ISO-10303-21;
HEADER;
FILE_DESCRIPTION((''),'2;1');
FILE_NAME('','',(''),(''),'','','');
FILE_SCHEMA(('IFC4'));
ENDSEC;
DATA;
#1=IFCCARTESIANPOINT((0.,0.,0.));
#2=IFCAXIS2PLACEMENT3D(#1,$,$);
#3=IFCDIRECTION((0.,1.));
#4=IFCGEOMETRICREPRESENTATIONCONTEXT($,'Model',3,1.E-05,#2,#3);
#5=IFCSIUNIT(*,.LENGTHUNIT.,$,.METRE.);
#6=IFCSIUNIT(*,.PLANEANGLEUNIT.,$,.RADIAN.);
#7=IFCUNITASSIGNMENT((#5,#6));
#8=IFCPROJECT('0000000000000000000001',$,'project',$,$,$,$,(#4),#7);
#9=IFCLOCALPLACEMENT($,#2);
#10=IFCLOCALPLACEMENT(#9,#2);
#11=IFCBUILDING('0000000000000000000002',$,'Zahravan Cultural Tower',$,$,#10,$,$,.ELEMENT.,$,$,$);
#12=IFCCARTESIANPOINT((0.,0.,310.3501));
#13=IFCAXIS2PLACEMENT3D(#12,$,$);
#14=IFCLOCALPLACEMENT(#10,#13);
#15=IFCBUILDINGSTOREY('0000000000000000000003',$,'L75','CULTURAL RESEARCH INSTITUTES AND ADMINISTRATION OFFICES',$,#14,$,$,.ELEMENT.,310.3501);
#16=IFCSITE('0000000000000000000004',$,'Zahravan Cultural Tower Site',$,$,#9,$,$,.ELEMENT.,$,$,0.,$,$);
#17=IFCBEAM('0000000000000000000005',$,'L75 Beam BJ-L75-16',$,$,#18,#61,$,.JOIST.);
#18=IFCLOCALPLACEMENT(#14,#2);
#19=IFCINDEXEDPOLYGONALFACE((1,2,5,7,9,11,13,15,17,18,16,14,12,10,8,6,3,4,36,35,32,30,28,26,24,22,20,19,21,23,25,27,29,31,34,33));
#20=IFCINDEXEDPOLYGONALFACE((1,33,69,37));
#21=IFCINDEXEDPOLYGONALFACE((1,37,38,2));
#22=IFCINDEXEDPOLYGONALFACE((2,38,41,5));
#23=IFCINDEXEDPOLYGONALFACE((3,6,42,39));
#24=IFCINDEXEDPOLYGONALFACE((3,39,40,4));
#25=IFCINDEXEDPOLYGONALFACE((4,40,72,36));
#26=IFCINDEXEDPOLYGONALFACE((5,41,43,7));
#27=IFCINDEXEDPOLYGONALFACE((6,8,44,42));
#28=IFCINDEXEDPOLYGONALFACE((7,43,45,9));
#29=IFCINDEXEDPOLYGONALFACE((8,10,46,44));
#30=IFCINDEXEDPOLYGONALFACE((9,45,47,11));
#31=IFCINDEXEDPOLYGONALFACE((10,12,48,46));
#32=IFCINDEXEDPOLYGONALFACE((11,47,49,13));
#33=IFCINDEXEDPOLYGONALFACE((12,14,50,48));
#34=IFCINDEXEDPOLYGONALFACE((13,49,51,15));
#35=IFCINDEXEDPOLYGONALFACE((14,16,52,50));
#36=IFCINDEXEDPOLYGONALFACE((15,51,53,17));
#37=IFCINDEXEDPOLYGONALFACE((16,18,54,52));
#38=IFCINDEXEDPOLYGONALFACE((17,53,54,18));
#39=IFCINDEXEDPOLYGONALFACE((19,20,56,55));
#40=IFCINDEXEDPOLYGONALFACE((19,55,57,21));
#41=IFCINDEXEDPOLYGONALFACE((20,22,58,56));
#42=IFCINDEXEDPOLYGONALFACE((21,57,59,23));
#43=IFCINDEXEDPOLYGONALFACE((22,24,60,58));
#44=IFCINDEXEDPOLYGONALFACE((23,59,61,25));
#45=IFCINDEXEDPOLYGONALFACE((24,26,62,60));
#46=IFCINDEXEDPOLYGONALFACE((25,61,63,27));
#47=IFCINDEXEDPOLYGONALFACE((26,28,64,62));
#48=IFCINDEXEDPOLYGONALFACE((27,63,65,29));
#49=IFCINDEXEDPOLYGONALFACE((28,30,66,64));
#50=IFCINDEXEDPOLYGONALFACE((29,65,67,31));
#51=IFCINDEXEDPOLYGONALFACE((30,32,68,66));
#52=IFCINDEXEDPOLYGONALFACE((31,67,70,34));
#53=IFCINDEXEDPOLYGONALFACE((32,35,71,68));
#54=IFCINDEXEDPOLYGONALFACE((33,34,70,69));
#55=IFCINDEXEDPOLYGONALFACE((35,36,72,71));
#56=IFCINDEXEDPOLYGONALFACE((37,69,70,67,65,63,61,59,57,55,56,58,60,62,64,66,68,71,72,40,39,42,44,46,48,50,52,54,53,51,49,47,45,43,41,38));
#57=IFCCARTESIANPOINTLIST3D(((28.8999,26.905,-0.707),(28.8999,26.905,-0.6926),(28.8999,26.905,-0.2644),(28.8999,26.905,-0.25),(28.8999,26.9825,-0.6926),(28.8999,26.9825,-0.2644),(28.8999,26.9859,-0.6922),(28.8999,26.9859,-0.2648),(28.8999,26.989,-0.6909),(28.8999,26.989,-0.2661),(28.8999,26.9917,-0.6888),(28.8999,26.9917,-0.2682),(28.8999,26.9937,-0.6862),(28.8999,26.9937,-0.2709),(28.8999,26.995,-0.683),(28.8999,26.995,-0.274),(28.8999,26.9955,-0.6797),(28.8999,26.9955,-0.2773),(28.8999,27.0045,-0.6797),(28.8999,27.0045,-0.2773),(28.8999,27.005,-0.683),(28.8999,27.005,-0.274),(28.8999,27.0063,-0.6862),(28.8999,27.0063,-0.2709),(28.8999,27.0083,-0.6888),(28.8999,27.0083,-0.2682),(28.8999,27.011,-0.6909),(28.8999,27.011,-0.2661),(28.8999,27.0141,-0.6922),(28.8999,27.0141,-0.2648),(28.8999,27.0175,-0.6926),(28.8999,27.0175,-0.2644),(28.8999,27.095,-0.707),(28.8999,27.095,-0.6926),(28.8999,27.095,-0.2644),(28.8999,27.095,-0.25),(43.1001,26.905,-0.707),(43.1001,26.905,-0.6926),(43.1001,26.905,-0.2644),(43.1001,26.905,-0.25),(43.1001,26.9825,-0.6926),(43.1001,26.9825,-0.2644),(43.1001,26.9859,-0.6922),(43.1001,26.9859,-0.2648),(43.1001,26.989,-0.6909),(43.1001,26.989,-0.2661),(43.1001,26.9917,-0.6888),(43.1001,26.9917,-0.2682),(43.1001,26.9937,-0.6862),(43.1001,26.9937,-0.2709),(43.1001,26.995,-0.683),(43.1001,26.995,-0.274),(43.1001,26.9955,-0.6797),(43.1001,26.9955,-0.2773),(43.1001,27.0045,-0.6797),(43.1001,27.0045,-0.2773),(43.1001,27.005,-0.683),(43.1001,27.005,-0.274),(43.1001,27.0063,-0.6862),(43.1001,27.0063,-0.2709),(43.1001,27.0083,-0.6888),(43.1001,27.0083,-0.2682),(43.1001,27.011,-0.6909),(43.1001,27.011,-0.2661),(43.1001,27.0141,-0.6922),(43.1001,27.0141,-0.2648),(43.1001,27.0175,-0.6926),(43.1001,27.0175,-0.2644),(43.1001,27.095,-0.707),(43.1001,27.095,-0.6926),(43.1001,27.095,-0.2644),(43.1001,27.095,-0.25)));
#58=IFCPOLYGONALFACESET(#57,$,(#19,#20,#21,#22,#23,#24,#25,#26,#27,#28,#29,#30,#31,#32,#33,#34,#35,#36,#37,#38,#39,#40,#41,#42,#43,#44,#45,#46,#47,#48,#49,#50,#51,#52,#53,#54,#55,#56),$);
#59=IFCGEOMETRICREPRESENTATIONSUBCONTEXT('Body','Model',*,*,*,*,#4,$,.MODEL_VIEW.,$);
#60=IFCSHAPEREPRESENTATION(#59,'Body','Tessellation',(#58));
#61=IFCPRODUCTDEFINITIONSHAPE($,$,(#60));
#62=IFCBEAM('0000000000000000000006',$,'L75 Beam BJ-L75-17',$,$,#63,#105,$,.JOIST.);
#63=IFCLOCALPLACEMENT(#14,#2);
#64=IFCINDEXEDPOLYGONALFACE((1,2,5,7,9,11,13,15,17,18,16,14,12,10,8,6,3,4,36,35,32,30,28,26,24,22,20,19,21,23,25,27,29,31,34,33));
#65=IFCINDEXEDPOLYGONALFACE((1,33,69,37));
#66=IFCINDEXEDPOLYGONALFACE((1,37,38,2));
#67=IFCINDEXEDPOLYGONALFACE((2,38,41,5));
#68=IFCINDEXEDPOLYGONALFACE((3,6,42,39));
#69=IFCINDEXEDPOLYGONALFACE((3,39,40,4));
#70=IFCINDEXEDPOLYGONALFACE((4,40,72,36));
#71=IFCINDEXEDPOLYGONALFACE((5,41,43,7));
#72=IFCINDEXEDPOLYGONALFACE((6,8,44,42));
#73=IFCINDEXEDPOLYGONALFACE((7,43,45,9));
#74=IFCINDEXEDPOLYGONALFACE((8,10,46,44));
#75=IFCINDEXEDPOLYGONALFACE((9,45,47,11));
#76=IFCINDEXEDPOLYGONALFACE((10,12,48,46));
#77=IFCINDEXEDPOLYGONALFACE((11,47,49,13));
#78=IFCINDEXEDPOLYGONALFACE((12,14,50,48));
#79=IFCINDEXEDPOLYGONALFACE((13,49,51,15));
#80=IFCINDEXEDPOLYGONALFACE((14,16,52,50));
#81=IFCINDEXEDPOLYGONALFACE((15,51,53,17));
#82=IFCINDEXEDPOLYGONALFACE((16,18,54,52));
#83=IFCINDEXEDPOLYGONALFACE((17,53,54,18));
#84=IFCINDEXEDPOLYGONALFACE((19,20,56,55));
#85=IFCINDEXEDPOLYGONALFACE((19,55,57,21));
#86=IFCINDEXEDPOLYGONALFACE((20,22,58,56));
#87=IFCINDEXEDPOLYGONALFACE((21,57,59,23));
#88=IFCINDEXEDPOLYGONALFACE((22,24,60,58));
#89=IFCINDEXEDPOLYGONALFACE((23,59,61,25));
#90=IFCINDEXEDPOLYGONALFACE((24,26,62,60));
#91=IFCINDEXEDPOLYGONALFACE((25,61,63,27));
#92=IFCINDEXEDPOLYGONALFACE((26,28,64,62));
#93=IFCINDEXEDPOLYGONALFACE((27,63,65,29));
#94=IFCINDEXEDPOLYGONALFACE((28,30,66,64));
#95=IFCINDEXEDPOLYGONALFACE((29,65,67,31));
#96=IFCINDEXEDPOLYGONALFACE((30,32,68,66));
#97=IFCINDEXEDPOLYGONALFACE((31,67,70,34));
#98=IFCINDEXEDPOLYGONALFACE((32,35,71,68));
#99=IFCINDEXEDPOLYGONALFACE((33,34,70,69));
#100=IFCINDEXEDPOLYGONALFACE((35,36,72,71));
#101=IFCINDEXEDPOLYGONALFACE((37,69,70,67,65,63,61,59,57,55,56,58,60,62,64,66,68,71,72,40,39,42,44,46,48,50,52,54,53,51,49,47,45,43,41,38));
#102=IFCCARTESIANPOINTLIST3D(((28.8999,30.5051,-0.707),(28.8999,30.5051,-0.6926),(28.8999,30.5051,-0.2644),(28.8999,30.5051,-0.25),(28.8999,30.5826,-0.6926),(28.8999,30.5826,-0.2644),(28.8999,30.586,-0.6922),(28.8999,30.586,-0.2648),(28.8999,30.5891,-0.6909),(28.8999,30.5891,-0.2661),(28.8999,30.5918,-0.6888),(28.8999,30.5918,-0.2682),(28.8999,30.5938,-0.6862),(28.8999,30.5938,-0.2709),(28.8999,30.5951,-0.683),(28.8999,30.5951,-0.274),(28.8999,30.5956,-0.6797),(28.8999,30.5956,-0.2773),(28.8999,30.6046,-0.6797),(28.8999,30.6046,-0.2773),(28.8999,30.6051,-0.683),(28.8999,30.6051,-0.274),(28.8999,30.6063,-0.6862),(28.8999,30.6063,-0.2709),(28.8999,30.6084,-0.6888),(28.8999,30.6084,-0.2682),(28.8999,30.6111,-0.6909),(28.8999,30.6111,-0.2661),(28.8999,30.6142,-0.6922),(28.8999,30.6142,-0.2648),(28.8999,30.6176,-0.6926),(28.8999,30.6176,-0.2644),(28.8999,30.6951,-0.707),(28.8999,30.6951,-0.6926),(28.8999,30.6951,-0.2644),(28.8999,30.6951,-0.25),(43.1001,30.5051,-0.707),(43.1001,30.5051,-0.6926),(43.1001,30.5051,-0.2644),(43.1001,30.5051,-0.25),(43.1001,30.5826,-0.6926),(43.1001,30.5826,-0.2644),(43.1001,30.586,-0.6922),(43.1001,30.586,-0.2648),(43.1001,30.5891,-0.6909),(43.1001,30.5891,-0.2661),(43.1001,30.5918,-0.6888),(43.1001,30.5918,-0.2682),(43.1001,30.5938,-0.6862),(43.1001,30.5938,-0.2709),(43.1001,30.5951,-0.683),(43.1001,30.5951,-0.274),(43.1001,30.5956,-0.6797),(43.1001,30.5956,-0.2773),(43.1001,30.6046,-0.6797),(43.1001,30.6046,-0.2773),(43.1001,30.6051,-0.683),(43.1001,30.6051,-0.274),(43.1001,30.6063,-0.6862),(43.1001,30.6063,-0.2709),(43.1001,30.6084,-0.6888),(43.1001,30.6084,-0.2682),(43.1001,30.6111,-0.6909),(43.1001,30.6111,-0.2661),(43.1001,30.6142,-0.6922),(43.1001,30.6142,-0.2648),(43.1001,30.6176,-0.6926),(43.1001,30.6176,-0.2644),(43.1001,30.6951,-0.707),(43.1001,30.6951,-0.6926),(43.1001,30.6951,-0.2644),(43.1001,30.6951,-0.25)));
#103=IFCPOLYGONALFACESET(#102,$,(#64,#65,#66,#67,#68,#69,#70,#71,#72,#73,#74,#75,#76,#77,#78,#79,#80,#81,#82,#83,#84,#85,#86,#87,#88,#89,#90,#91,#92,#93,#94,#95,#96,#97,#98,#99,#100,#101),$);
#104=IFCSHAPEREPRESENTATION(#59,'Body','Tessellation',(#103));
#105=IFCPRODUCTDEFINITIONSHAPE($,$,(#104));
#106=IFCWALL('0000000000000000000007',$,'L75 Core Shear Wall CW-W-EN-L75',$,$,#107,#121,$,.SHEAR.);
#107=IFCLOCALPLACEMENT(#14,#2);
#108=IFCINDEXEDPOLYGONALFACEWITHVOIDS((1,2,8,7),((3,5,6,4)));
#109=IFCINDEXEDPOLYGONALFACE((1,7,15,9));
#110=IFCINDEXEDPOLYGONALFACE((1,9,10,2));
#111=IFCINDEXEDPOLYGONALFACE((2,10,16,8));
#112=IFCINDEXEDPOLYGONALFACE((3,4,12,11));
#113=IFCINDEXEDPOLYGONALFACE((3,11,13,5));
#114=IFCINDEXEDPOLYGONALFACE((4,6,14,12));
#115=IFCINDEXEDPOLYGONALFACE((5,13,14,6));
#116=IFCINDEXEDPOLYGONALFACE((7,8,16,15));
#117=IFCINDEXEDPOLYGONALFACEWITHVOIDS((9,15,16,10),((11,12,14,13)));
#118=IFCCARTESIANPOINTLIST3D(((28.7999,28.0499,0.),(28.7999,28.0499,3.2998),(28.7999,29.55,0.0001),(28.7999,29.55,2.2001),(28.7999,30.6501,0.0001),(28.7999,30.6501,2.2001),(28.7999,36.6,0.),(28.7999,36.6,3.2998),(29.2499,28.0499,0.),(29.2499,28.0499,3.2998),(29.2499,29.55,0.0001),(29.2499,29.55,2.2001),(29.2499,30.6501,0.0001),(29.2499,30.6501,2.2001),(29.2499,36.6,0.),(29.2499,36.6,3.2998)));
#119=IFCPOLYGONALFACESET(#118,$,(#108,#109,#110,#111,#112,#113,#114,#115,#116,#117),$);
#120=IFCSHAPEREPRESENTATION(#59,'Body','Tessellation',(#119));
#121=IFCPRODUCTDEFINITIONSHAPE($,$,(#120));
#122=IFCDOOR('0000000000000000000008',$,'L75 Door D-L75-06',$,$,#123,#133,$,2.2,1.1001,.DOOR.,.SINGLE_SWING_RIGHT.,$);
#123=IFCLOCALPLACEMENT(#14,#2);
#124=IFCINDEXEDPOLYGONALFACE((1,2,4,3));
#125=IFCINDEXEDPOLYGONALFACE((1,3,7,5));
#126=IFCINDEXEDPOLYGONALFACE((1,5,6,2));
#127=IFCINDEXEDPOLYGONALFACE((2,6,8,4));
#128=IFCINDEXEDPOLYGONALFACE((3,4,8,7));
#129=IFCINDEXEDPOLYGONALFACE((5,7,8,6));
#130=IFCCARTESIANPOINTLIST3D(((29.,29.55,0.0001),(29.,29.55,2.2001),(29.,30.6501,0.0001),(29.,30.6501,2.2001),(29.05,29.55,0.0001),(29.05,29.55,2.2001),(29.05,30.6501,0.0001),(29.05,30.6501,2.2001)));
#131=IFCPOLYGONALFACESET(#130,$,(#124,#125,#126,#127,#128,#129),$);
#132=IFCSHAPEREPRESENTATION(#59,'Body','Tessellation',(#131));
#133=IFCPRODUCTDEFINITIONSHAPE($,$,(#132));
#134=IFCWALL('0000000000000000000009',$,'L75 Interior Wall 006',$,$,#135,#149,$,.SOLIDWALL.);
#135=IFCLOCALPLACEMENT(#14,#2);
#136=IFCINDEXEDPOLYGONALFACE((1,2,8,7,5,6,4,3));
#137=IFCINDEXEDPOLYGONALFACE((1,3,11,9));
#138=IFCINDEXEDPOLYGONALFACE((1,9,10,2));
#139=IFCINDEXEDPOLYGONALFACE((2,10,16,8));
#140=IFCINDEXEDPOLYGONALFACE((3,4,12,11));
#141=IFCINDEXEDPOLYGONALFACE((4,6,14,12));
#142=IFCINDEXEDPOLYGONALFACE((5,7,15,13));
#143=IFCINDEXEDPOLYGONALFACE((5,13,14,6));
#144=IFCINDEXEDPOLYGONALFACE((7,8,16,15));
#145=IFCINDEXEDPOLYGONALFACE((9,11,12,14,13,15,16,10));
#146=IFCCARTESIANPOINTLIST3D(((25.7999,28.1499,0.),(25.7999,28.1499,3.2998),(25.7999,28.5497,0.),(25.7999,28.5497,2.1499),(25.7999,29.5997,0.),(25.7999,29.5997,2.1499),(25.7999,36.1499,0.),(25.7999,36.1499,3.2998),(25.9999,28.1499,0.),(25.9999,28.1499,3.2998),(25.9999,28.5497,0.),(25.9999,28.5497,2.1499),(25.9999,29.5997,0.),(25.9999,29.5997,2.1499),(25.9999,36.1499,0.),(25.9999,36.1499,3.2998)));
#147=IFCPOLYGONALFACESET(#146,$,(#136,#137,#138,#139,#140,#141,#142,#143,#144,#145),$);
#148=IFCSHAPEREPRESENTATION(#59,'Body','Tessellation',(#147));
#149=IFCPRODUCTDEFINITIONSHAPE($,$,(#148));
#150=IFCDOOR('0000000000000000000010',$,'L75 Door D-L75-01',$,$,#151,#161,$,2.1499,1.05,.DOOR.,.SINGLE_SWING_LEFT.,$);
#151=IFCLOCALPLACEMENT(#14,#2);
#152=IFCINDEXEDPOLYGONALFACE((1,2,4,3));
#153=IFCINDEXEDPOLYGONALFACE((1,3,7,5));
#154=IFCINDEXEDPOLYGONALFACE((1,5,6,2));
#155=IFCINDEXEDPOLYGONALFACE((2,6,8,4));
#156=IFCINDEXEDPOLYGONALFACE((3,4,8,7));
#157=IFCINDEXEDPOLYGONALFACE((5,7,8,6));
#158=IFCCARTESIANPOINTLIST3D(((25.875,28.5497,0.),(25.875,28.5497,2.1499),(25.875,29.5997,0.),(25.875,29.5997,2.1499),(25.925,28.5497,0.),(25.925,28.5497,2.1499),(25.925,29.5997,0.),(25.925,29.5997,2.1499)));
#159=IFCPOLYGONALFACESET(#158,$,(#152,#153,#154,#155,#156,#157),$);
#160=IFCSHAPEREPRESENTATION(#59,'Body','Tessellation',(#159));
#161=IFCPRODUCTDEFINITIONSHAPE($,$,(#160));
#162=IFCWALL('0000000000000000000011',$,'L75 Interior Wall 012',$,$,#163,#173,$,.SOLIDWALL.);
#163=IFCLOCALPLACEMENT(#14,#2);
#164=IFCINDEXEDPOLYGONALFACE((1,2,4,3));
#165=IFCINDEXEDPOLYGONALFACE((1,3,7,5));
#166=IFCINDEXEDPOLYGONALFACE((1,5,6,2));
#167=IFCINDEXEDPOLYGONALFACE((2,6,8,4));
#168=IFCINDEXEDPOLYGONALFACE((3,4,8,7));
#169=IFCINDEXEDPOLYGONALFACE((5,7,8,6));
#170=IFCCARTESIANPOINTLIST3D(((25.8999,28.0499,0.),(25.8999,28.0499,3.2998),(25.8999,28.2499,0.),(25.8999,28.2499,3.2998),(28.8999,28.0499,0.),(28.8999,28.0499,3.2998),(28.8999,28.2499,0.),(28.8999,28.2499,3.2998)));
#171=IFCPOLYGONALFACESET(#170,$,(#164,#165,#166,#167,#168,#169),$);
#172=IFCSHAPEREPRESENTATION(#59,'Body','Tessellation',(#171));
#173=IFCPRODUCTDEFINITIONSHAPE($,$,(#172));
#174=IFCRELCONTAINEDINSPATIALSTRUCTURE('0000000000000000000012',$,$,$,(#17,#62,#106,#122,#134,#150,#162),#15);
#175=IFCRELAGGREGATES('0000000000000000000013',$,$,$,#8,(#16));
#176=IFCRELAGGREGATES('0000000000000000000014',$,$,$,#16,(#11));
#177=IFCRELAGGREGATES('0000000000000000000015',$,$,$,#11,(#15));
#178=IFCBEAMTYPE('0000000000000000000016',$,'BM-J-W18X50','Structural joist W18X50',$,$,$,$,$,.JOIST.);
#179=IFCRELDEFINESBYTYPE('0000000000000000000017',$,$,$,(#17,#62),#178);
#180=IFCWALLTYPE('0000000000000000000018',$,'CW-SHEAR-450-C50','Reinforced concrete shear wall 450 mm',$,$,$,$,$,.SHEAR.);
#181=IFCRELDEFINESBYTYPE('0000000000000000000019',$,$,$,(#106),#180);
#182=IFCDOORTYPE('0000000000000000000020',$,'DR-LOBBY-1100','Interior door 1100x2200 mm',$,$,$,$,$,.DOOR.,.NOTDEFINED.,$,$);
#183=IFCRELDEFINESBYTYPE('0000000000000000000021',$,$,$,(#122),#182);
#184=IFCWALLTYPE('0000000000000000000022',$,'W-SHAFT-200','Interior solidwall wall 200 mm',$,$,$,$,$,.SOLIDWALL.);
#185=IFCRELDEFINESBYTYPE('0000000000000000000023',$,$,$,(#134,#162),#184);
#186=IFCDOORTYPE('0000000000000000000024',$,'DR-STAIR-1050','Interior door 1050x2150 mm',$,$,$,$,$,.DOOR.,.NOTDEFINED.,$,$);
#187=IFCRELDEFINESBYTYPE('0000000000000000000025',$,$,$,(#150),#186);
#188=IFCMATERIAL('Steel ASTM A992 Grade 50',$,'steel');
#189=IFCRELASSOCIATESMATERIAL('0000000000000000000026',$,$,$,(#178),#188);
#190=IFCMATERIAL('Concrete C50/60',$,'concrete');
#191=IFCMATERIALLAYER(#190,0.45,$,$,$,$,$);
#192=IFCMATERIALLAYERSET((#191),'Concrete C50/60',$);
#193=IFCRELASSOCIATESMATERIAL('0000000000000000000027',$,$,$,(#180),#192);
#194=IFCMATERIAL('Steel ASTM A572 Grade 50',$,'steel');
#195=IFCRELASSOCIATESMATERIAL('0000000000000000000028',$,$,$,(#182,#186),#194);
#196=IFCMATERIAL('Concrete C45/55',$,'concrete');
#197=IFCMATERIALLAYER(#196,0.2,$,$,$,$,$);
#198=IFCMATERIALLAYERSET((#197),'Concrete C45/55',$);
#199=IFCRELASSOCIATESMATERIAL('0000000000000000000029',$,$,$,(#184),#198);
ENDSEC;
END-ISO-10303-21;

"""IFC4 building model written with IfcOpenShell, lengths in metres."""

from ifc_helpers import new_model, si_unit, direction, frame, frame_2d, origin, origin_2d, place, context, subcontext, project, spatial, rectangle, i_section, extrude, source, transform, mapped, material, layer, layer_set, material_profile, profile_set, type_object, element, fill, save


model = new_model("IFC4")

# Units and contexts
model_context = context("Model", 3, precision=1e-05, world=origin(), true_north=direction((0.0, 1.0)))
body_context = subcontext(model_context, "Body", "Model", "MODEL_VIEW")
ifc_project = project(units=[si_unit("LENGTHUNIT", "METRE"), si_unit("PLANEANGLEUNIT", "RADIAN")], contexts=[model_context])

# Site, building, storey
site_placement = place(None, origin())
site = spatial("IfcSite", under=ifc_project, at=site_placement, Name="Zahravan Cultural Tower Site", CompositionType="ELEMENT", RefElevation=0.0)
building_placement = place(site_placement, origin())
building = spatial("IfcBuilding", under=site, at=building_placement, Name="Zahravan Cultural Tower", CompositionType="ELEMENT")
storey_placement = place(building_placement, frame((0.0, 0.0, 310.3501)))
storey = spatial("IfcBuildingStorey", under=building, at=storey_placement, Name="L75", Description="CULTURAL RESEARCH INSTITUTES AND ADMINISTRATION OFFICES", CompositionType="ELEMENT", Elevation=310.3501)

# Beams
ifc_material_1 = material(Name="Steel ASTM A992 Grade 50", Category="steel")
ifc_material_profile = material_profile(ifc_material_1, i_section(OverallWidth=0.1899, OverallDepth=0.457, WebThickness=0.009, FlangeThickness=0.0144, FilletRadius=0.0129, at=origin_2d()), Name="W18X50")
ifc_profile_set = profile_set([ifc_material_profile], Name="Steel ASTM A992 Grade 50")
beam_type = type_object("IfcBeamType", Name="BM-J-W18X50", Description="Structural joist W18X50", PredefinedType="JOIST", material=ifc_profile_set)
shared_shape_1 = source(origin(), body_context, "Body", "SweptSolid", [
    extrude(i_section(OverallWidth=0.1899, OverallDepth=0.457, WebThickness=0.009, FlangeThickness=0.0144, FilletRadius=0.0129, at=origin_2d()), origin(), (0.0, 0.0, 1.0), 14.2002),
])
for number, where, z_axis, x_axis, name in (
    (1, (28.8999, 27.0, -0.4785), (1.0, 0.0, 0.0), (0.0, 1.0, 0.0), "L75 Beam BJ-L75-16"),
    (2, (28.8999, 30.6001, -0.4785), (1.0, 0.0, 0.0), (0.0, 1.0, 0.0), "L75 Beam BJ-L75-17"),
):
    element("IfcBeam", number, at=place(storey_placement, frame(where, z_axis=z_axis, x_axis=x_axis)), inside=storey, type_object=beam_type, Name=name, PredefinedType="JOIST", context=body_context, shape_type="MappedRepresentation", body=[
        mapped(shared_shape_1, transform((0.0, 0.0, 0.0), x_axis=(1.0, 0.0, 0.0), y_axis=(0.0, 1.0, 0.0), z_axis=(0.0, 0.0, 1.0), scale=1.0)),
    ])

# Walls, openings, doors
ifc_material_2 = material(Name="Concrete C50/60", Category="concrete")
ifc_layer_1 = layer(ifc_material_2, 0.45)
ifc_layer_set_1 = layer_set([ifc_layer_1], Name="Concrete C50/60")
wall_type_1 = type_object("IfcWallType", Name="CW-SHEAR-450-C50", Description="Reinforced concrete shear wall 450 mm", PredefinedType="SHEAR", material=ifc_layer_set_1)
wall_1_placement = place(storey_placement, frame((29.0249, 28.05, 0.0), z_axis=(0.0, 0.0, 1.0), x_axis=(0.0, 1.0, 0.0)))
wall_1 = element("IfcWall", 3, at=wall_1_placement, inside=storey, type_object=wall_type_1, Name="L75 Core Shear Wall CW-W-EN-L75", PredefinedType="SHEAR", context=body_context, shape_type="SweptSolid", body=[
    extrude(rectangle(XDim=8.55, YDim=0.45, at=frame_2d((4.2749, 0.0))), origin(), (0.0, 0.0, 1.0), 3.2998),
])
opening_1_placement = place(wall_1_placement, frame((1.5, 0.0, 0.0)))
opening_1 = element("IfcOpeningElement", 4, at=opening_1_placement, cuts=wall_1, PredefinedType="OPENING", context=body_context, shape_type="SweptSolid", body=[
    extrude(rectangle(XDim=1.1001, YDim=2.2, at=frame_2d((0.55, 1.1001))), frame((0.0, 0.2349, 0.0), z_axis=(0.0, -1.0, 0.0), x_axis=(1.0, 0.0, 0.0)), (0.0, 0.0, 1.0), 0.47),
])
ifc_material_3 = material(Name="Steel ASTM A572 Grade 50", Category="steel")
door_type_1 = type_object("IfcDoorType", Name="DR-LOBBY-1100", Description="Interior door 1100x2200 mm", OperationType="NOTDEFINED", PredefinedType="DOOR", material=ifc_material_3)
shared_shape_2 = source(origin(), body_context, "Body", "SweptSolid", [
    extrude(rectangle(XDim=1.1001, YDim=2.2, at=frame_2d((0.55, 1.1001))), frame((0.0, 0.0249, 0.0), z_axis=(0.0, -1.0, 0.0), x_axis=(1.0, 0.0, 0.0)), (0.0, 0.0, 1.0), 0.05),
])
door_1_placement = place(opening_1_placement, origin())
door_1 = element("IfcDoor", 5, at=door_1_placement, inside=storey, type_object=door_type_1, Name="L75 Door D-L75-06", OperationType="SINGLE_SWING_RIGHT", OverallHeight=2.2, OverallWidth=1.1001, PredefinedType="DOOR", context=body_context, shape_type="MappedRepresentation", body=[
    mapped(shared_shape_2, transform((0.0, 0.0, 0.0), x_axis=(1.0, 0.0, 0.0), y_axis=(0.0, 1.0, 0.0), z_axis=(0.0, 0.0, 1.0), scale=1.0)),
])
fill(opening_1, door_1)
ifc_material_4 = material(Name="Concrete C45/55", Category="concrete")
ifc_layer_2 = layer(ifc_material_4, 0.2)
ifc_layer_set_2 = layer_set([ifc_layer_2], Name="Concrete C45/55")
wall_type_2 = type_object("IfcWallType", Name="W-SHAFT-200", Description="Interior solidwall wall 200 mm", PredefinedType="SOLIDWALL", material=ifc_layer_set_2)
wall_2_placement = place(storey_placement, frame((25.8999, 28.1499, 0.0), z_axis=(0.0, 0.0, 1.0), x_axis=(0.0, 1.0, 0.0)))
wall_2 = element("IfcWall", 6, at=wall_2_placement, inside=storey, type_object=wall_type_2, Name="L75 Interior Wall 006", PredefinedType="SOLIDWALL", context=body_context, shape_type="SweptSolid", body=[
    extrude(rectangle(XDim=8.0, YDim=0.2, at=frame_2d((4.0, 0.0))), origin(), (0.0, 0.0, 1.0), 3.2998),
])
opening_2_placement = place(wall_2_placement, frame((0.3999, 0.0, 0.0)))
opening_2 = element("IfcOpeningElement", 7, at=opening_2_placement, cuts=wall_2, PredefinedType="OPENING", context=body_context, shape_type="SweptSolid", body=[
    extrude(rectangle(XDim=1.05, YDim=2.1499, at=frame_2d((0.5249, 1.075))), frame((0.0, 0.1099, 0.0), z_axis=(0.0, -1.0, 0.0), x_axis=(1.0, 0.0, 0.0)), (0.0, 0.0, 1.0), 0.22),
])
door_type_2 = type_object("IfcDoorType", Name="DR-STAIR-1050", Description="Interior door 1050x2150 mm", OperationType="NOTDEFINED", PredefinedType="DOOR", material=ifc_material_3)
shared_shape_3 = source(origin(), body_context, "Body", "SweptSolid", [
    extrude(rectangle(XDim=1.05, YDim=2.1499, at=frame_2d((0.5249, 1.075))), frame((0.0, 0.0249, 0.0), z_axis=(0.0, -1.0, 0.0), x_axis=(1.0, 0.0, 0.0)), (0.0, 0.0, 1.0), 0.05),
])
door_2_placement = place(opening_2_placement, origin())
door_2 = element("IfcDoor", 8, at=door_2_placement, inside=storey, type_object=door_type_2, Name="L75 Door D-L75-01", OperationType="SINGLE_SWING_LEFT", OverallHeight=2.1499, OverallWidth=1.05, PredefinedType="DOOR", context=body_context, shape_type="MappedRepresentation", body=[
    mapped(shared_shape_3, transform((0.0, 0.0, 0.0), x_axis=(1.0, 0.0, 0.0), y_axis=(0.0, 1.0, 0.0), z_axis=(0.0, 0.0, 1.0), scale=1.0)),
])
fill(opening_2, door_2)

# Wall
shared_shape_4 = source(origin(), body_context, "Body", "SweptSolid", [
    extrude(rectangle(XDim=3.0, YDim=0.2, at=frame_2d((1.5, 0.0))), origin(), (0.0, 0.0, 1.0), 3.2998),
])
wall_3_placement = place(storey_placement, frame((25.8999, 28.1499, 0.0), z_axis=(0.0, 0.0, 1.0), x_axis=(1.0, 0.0, 0.0)))
element("IfcWall", 9, at=wall_3_placement, inside=storey, type_object=wall_type_2, Name="L75 Interior Wall 012", PredefinedType="SOLIDWALL", context=body_context, shape_type="MappedRepresentation", body=[
    mapped(shared_shape_4, transform((0.0, 0.0, 0.0), x_axis=(1.0, 0.0, 0.0), y_axis=(0.0, 1.0, 0.0), z_axis=(0.0, 0.0, 1.0), scale=1.0)),
])

save(model, "model.ifc")
